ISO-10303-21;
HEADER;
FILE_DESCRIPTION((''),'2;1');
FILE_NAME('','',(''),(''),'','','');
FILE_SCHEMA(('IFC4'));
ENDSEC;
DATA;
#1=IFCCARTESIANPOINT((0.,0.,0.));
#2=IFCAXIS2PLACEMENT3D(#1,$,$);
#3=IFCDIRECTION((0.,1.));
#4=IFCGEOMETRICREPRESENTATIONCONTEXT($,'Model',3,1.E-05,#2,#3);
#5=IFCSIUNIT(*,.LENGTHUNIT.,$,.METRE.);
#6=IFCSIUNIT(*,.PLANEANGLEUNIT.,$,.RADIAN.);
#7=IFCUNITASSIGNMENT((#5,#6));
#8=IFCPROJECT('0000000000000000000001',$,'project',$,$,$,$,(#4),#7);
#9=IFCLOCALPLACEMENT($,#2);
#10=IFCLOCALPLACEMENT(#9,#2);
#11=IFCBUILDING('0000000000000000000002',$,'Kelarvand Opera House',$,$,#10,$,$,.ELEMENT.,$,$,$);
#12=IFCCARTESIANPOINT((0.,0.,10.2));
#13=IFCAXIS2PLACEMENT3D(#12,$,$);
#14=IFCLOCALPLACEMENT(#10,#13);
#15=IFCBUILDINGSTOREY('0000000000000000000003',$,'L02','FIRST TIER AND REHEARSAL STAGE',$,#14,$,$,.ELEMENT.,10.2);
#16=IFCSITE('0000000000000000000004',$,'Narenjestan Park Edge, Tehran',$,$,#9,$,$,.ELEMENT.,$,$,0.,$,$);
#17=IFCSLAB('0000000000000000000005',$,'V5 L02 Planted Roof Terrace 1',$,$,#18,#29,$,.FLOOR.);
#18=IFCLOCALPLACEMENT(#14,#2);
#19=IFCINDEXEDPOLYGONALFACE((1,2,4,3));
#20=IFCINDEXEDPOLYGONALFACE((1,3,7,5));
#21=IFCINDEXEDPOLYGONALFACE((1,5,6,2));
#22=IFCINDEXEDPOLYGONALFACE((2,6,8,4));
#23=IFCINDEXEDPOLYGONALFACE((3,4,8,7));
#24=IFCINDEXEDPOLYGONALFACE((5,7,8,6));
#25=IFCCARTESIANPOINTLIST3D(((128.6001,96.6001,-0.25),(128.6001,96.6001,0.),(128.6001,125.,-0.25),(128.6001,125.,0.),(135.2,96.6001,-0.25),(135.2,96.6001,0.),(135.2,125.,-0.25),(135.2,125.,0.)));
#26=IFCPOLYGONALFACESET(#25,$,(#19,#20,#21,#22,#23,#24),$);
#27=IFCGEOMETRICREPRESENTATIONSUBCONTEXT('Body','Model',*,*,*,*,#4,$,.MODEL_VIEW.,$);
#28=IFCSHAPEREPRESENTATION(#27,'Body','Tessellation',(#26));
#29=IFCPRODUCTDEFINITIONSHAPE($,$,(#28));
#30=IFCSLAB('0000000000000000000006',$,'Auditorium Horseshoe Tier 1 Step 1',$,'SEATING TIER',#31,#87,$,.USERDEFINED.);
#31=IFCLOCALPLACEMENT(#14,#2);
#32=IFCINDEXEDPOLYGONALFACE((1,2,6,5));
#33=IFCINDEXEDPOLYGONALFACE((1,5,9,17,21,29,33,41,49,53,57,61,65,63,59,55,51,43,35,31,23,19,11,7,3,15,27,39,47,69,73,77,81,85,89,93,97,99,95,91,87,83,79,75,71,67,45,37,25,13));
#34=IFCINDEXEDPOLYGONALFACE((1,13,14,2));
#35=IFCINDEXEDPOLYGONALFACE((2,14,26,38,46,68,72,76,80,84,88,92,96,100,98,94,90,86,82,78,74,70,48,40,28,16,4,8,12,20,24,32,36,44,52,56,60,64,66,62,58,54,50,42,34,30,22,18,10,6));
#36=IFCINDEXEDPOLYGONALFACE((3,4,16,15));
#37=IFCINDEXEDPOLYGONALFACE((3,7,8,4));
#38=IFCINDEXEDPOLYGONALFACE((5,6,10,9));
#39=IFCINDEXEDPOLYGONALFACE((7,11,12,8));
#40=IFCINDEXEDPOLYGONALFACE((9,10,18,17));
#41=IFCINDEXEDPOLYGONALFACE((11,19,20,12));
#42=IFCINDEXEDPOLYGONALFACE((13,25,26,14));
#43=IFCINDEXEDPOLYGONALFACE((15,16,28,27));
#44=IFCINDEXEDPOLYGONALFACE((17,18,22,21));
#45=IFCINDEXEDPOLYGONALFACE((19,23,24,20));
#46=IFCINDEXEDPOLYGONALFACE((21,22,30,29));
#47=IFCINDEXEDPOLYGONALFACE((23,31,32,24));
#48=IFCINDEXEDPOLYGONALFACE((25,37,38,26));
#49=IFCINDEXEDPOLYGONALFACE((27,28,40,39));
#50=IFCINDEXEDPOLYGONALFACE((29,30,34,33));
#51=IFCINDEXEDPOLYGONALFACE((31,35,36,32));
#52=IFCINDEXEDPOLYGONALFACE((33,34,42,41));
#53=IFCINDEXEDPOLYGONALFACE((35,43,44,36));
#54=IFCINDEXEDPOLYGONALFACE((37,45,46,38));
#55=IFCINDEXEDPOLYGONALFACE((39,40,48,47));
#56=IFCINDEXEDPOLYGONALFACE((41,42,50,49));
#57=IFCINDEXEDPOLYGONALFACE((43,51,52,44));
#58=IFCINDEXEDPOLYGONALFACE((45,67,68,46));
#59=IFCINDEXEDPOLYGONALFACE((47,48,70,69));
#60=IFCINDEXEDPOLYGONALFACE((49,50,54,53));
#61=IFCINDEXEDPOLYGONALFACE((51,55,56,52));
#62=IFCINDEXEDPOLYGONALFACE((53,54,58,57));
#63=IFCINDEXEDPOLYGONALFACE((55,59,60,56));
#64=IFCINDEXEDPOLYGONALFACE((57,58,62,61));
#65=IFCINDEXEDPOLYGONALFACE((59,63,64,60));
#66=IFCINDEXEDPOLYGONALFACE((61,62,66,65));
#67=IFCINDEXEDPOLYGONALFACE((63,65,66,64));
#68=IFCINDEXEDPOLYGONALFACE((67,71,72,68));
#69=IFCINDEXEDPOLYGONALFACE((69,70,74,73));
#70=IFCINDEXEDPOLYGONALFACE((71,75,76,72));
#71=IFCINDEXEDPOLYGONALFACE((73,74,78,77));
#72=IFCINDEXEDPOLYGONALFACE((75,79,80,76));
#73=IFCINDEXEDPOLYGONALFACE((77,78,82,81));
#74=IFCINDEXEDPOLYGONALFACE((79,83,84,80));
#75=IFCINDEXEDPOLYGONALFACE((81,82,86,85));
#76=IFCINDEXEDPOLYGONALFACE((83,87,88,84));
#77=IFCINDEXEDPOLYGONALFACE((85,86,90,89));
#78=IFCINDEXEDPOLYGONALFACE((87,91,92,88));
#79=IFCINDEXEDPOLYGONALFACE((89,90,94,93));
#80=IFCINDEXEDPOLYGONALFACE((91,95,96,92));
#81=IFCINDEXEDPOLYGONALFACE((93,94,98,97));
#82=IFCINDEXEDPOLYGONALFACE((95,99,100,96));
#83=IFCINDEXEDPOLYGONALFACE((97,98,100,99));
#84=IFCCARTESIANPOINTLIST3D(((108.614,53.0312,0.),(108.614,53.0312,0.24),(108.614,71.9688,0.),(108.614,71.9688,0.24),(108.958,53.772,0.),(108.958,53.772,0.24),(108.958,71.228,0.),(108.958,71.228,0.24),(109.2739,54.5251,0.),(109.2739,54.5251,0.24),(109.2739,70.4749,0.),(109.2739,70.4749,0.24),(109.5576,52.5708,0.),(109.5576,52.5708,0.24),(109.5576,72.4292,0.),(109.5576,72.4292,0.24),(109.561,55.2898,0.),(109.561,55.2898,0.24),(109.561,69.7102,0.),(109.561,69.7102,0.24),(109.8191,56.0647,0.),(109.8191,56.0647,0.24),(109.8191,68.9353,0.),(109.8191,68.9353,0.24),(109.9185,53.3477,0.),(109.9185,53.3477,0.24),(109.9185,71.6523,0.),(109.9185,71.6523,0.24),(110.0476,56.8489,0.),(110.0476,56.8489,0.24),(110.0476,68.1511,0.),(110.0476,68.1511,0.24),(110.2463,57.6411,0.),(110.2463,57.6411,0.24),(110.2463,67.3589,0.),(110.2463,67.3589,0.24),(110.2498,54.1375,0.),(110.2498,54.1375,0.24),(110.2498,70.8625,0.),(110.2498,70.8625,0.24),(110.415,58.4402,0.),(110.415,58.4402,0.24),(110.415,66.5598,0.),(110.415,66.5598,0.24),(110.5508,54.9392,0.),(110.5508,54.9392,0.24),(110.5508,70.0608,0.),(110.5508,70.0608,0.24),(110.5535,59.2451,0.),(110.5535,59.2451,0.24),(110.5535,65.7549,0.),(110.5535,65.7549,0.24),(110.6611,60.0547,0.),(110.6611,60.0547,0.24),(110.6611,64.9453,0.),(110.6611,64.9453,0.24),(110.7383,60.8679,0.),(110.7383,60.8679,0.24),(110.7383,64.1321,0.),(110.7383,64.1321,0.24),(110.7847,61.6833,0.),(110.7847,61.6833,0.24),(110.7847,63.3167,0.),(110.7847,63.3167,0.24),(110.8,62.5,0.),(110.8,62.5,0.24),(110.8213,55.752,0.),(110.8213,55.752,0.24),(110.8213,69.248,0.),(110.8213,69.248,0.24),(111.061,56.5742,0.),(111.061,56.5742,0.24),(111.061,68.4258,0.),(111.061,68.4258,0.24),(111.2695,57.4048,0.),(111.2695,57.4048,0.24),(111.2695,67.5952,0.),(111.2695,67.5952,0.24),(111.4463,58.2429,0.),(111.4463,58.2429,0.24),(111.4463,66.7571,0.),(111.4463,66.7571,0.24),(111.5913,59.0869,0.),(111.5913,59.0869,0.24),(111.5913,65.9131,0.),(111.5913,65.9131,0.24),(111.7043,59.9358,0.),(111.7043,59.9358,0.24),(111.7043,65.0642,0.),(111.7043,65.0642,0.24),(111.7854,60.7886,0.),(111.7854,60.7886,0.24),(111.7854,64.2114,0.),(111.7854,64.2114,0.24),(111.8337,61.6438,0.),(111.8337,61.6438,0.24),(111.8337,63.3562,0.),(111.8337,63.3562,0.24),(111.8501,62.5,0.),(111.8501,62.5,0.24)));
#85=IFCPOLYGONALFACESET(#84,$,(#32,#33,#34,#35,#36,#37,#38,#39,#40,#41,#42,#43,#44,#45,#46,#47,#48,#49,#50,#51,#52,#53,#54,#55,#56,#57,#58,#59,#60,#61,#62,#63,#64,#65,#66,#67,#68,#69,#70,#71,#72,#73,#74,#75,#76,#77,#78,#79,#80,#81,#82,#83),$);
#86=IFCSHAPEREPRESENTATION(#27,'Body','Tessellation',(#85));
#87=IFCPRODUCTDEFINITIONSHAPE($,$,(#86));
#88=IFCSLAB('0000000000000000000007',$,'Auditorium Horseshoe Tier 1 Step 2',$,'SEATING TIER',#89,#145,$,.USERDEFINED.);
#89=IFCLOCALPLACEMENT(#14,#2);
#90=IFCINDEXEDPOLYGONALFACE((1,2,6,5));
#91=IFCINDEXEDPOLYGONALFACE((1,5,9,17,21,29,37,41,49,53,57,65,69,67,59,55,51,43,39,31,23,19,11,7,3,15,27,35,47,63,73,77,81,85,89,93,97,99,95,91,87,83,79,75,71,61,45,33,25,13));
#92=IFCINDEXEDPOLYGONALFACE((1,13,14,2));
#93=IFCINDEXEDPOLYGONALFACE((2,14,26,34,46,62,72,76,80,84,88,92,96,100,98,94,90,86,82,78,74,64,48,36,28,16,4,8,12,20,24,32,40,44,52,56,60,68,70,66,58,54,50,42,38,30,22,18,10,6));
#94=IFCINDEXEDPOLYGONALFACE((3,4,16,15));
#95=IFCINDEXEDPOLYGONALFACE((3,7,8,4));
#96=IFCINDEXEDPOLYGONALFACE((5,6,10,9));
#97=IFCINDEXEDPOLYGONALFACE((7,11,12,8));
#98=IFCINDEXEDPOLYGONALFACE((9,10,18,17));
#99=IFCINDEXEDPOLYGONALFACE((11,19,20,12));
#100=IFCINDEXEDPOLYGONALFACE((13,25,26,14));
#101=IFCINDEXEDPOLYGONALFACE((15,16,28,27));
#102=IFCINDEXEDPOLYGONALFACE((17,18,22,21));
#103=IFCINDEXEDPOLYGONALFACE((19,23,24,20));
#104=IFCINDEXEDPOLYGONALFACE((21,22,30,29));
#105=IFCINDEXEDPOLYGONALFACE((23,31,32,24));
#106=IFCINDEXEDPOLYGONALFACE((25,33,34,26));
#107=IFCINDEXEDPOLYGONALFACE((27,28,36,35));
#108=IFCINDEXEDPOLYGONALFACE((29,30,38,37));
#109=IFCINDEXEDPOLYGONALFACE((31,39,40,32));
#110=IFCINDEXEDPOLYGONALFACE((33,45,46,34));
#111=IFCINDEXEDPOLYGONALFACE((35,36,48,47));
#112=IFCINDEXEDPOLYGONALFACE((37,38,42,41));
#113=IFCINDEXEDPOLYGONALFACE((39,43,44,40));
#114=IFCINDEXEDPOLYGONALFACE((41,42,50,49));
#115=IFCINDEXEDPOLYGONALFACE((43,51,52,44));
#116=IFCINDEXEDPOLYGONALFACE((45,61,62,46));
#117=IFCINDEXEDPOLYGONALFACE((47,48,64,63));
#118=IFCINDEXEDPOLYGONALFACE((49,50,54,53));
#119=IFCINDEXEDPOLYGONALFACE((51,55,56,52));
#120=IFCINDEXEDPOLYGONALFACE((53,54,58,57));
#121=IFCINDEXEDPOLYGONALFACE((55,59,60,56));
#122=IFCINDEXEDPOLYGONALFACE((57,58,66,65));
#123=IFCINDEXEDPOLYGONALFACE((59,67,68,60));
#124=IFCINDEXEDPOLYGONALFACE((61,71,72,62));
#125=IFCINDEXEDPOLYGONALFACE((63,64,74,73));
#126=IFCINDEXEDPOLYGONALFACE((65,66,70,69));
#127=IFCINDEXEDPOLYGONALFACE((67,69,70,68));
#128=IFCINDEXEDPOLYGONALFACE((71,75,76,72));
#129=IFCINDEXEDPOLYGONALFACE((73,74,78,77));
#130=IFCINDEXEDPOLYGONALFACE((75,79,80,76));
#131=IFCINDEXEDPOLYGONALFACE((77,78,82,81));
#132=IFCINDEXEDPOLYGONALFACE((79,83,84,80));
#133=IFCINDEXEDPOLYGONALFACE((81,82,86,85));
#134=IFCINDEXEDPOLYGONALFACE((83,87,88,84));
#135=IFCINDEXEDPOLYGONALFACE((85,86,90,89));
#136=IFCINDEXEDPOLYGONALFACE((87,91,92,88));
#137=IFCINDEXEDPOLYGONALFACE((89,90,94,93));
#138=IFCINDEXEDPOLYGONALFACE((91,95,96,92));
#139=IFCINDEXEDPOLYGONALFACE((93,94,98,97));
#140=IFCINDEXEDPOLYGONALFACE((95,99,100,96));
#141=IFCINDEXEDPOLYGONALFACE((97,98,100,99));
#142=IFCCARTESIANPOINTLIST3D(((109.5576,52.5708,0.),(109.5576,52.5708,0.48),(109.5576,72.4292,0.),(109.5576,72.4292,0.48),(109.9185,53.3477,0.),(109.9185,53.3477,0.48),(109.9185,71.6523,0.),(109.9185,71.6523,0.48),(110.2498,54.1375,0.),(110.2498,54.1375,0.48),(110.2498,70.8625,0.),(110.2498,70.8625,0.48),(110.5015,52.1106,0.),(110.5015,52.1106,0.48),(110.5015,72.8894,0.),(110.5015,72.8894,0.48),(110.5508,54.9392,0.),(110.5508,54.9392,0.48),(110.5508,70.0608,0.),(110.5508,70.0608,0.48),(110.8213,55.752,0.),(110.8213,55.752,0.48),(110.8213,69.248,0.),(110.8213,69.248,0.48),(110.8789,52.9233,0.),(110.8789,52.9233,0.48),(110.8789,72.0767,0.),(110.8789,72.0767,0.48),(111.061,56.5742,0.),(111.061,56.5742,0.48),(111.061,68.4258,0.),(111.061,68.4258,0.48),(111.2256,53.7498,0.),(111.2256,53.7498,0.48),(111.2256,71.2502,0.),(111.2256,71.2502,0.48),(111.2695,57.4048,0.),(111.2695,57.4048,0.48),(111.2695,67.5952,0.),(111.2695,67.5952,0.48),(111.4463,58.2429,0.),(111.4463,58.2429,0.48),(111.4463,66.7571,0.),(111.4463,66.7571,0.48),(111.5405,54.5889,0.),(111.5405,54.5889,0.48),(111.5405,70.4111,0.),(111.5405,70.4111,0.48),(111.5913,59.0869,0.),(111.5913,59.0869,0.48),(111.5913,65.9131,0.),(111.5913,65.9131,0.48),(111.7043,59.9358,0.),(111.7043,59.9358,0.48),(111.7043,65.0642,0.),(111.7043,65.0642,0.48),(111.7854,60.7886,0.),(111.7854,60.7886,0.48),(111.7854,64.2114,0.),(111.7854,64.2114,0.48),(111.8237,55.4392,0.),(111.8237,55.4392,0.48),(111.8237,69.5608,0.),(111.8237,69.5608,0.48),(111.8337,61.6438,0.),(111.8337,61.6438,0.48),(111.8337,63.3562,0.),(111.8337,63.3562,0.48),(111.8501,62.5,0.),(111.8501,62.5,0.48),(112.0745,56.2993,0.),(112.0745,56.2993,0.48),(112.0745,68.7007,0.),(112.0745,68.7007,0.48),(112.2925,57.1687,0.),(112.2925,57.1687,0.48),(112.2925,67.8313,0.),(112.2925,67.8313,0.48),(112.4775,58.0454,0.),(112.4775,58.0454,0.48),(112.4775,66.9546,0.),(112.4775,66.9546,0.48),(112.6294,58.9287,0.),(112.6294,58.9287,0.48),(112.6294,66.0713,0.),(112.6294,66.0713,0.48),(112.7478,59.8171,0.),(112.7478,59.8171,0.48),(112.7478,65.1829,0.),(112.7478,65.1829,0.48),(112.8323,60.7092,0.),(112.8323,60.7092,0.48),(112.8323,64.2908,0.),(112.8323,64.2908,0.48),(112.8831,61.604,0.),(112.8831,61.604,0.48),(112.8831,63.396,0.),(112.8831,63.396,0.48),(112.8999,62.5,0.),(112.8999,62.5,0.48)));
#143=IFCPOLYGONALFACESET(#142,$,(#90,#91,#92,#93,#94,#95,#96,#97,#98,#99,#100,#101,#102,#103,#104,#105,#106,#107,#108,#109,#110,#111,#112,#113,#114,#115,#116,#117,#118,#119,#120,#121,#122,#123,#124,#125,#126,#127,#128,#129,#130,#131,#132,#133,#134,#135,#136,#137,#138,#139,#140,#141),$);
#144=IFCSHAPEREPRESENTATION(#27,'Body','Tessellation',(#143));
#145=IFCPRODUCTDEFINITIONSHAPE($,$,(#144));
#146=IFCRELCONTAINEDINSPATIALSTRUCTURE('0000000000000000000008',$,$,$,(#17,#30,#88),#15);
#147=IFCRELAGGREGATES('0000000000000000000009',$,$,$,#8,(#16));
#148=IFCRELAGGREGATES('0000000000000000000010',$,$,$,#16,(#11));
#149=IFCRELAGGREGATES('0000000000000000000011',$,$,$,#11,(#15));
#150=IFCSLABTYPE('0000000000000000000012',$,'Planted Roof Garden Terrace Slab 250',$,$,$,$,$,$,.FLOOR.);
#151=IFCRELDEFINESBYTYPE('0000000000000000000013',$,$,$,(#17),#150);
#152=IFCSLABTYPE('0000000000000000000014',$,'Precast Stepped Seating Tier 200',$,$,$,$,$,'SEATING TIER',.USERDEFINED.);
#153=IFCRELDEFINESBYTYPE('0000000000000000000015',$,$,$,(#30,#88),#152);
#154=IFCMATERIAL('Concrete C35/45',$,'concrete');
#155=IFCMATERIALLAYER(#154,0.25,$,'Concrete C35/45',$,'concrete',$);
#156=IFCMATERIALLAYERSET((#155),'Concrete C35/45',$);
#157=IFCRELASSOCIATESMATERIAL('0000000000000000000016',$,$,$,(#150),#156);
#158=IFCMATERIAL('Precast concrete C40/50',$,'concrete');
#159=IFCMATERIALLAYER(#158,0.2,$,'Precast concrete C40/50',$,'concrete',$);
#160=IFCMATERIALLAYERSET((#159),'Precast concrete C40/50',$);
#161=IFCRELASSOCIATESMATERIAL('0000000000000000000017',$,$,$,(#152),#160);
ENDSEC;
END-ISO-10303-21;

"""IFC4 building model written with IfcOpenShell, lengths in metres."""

from ifc_helpers import new_model, si_unit, direction, frame, origin, place, context, subcontext, project, spatial, polyline, outline, extrude, material, layer, layer_set, type_object, element, save


model = new_model("IFC4")

# Units and contexts
model_context = context("Model", 3, precision=1e-05, world=origin(), true_north=direction((0.0, 1.0)))
body_context = subcontext(model_context, "Body", "Model", "MODEL_VIEW")
ifc_project = project(units=[si_unit("LENGTHUNIT", "METRE"), si_unit("PLANEANGLEUNIT", "RADIAN")], contexts=[model_context])

# Site, building, storey
site_placement = place(None, origin())
site = spatial("IfcSite", under=ifc_project, at=site_placement, Name="Narenjestan Park Edge, Tehran", CompositionType="ELEMENT", RefElevation=0.0)
building_placement = place(site_placement, origin())
building = spatial("IfcBuilding", under=site, at=building_placement, Name="Kelarvand Opera House", CompositionType="ELEMENT")
storey_placement = place(building_placement, frame((0.0, 0.0, 10.2)))
storey = spatial("IfcBuildingStorey", under=building, at=storey_placement, Name="L02", Description="FIRST TIER AND REHEARSAL STAGE", CompositionType="ELEMENT", Elevation=10.2)

# Shared definitions
ifc_material_1 = material(Name="Concrete C35/45", Category="concrete")

# Slabs
ifc_layer_1 = layer(ifc_material_1, 0.25, Name="Concrete C35/45", Category="concrete")
ifc_layer_set_1 = layer_set([ifc_layer_1], Name="Concrete C35/45")
slab_type_1 = type_object("IfcSlabType", Name="Planted Roof Garden Terrace Slab 250", PredefinedType="FLOOR", material=ifc_layer_set_1)
slab_1_placement = place(storey_placement, frame((0.0, 0.0, -0.25)))
element("IfcSlab", 1, at=slab_1_placement, inside=storey, type_object=slab_type_1, Name="V5 L02 Planted Roof Terrace 1", PredefinedType="FLOOR", context=body_context, shape_type="SweptSolid", body=[
    extrude(outline(polyline([(128.6001, 96.6001), (135.2, 96.6001), (135.2, 125.0), (128.6001, 125.0), (128.6001, 96.6001)])), origin(), (0.0, 0.0, 1.0), 0.25),
])
ifc_material_2 = material(Name="Precast concrete C40/50", Category="concrete")
ifc_layer_2 = layer(ifc_material_2, 0.2, Name="Precast concrete C40/50", Category="concrete")
ifc_layer_set_2 = layer_set([ifc_layer_2], Name="Precast concrete C40/50")
slab_type_2 = type_object("IfcSlabType", Name="Precast Stepped Seating Tier 200", ElementType="SEATING TIER", PredefinedType="USERDEFINED", material=ifc_layer_set_2)
slab_2_placement = place(storey_placement, origin())
element("IfcSlab", 2, at=slab_2_placement, inside=storey, type_object=slab_type_2, Name="Auditorium Horseshoe Tier 1 Step 1", ObjectType="SEATING TIER", PredefinedType="USERDEFINED", context=body_context, shape_type="SweptSolid", body=[
    extrude(outline(polyline([(108.614, 53.0312), (108.958, 53.772), (109.2739, 54.5251), (109.561, 55.2898), (109.8191, 56.0647), (110.0476, 56.8489), (110.2463, 57.6411), (110.415, 58.4402), (110.5535, 59.2451), (110.6611, 60.0547), (110.7383, 60.8679), (110.7847, 61.6833), (110.8, 62.5), (110.7847, 63.3167), (110.7383, 64.1321), (110.6611, 64.9453), (110.5535, 65.7549), (110.415, 66.5598), (110.2463, 67.3589), (110.0476, 68.1511), (109.8191, 68.9353), (109.561, 69.7102), (109.2739, 70.4749), (108.958, 71.228), (108.614, 71.9688), (109.5576, 72.4292), (109.9185, 71.6523), (110.2498, 70.8625), (110.5508, 70.0608), (110.8213, 69.248), (111.061, 68.4258), (111.2695, 67.5952), (111.4463, 66.7571), (111.5913, 65.9131), (111.7043, 65.0642), (111.7854, 64.2114), (111.8337, 63.3562), (111.8501, 62.5), (111.8337, 61.6438), (111.7854, 60.7886), (111.7043, 59.9358), (111.5913, 59.0869), (111.4463, 58.2429), (111.2695, 57.4048), (111.061, 56.5742), (110.8213, 55.752), (110.5508, 54.9392), (110.2498, 54.1375), (109.9185, 53.3477), (109.5576, 52.5708), (108.614, 53.0312)])), origin(), (0.0, 0.0, 1.0), 0.24),
])
slab_3_placement = place(storey_placement, origin())
element("IfcSlab", 3, at=slab_3_placement, inside=storey, type_object=slab_type_2, Name="Auditorium Horseshoe Tier 1 Step 2", ObjectType="SEATING TIER", PredefinedType="USERDEFINED", context=body_context, shape_type="SweptSolid", body=[
    extrude(outline(polyline([(109.5576, 52.5708), (109.9185, 53.3477), (110.2498, 54.1375), (110.5508, 54.9392), (110.8213, 55.752), (111.061, 56.5742), (111.2695, 57.4048), (111.4463, 58.2429), (111.5913, 59.0869), (111.7043, 59.9358), (111.7854, 60.7886), (111.8337, 61.6438), (111.8501, 62.5), (111.8337, 63.3562), (111.7854, 64.2114), (111.7043, 65.0642), (111.5913, 65.9131), (111.4463, 66.7571), (111.2695, 67.5952), (111.061, 68.4258), (110.8213, 69.248), (110.5508, 70.0608), (110.2498, 70.8625), (109.9185, 71.6523), (109.5576, 72.4292), (110.5015, 72.8894), (110.8789, 72.0767), (111.2256, 71.2502), (111.5405, 70.4111), (111.8237, 69.5608), (112.0745, 68.7007), (112.2925, 67.8313), (112.4775, 66.9546), (112.6294, 66.0713), (112.7478, 65.1829), (112.8323, 64.2908), (112.8831, 63.396), (112.8999, 62.5), (112.8831, 61.604), (112.8323, 60.7092), (112.7478, 59.8171), (112.6294, 58.9287), (112.4775, 58.0454), (112.2925, 57.1687), (112.0745, 56.2993), (111.8237, 55.4392), (111.5405, 54.5889), (111.2256, 53.7498), (110.8789, 52.9233), (110.5015, 52.1106), (109.5576, 52.5708)])), origin(), (0.0, 0.0, 1.0), 0.48),
])

save(model, "model.ifc")
